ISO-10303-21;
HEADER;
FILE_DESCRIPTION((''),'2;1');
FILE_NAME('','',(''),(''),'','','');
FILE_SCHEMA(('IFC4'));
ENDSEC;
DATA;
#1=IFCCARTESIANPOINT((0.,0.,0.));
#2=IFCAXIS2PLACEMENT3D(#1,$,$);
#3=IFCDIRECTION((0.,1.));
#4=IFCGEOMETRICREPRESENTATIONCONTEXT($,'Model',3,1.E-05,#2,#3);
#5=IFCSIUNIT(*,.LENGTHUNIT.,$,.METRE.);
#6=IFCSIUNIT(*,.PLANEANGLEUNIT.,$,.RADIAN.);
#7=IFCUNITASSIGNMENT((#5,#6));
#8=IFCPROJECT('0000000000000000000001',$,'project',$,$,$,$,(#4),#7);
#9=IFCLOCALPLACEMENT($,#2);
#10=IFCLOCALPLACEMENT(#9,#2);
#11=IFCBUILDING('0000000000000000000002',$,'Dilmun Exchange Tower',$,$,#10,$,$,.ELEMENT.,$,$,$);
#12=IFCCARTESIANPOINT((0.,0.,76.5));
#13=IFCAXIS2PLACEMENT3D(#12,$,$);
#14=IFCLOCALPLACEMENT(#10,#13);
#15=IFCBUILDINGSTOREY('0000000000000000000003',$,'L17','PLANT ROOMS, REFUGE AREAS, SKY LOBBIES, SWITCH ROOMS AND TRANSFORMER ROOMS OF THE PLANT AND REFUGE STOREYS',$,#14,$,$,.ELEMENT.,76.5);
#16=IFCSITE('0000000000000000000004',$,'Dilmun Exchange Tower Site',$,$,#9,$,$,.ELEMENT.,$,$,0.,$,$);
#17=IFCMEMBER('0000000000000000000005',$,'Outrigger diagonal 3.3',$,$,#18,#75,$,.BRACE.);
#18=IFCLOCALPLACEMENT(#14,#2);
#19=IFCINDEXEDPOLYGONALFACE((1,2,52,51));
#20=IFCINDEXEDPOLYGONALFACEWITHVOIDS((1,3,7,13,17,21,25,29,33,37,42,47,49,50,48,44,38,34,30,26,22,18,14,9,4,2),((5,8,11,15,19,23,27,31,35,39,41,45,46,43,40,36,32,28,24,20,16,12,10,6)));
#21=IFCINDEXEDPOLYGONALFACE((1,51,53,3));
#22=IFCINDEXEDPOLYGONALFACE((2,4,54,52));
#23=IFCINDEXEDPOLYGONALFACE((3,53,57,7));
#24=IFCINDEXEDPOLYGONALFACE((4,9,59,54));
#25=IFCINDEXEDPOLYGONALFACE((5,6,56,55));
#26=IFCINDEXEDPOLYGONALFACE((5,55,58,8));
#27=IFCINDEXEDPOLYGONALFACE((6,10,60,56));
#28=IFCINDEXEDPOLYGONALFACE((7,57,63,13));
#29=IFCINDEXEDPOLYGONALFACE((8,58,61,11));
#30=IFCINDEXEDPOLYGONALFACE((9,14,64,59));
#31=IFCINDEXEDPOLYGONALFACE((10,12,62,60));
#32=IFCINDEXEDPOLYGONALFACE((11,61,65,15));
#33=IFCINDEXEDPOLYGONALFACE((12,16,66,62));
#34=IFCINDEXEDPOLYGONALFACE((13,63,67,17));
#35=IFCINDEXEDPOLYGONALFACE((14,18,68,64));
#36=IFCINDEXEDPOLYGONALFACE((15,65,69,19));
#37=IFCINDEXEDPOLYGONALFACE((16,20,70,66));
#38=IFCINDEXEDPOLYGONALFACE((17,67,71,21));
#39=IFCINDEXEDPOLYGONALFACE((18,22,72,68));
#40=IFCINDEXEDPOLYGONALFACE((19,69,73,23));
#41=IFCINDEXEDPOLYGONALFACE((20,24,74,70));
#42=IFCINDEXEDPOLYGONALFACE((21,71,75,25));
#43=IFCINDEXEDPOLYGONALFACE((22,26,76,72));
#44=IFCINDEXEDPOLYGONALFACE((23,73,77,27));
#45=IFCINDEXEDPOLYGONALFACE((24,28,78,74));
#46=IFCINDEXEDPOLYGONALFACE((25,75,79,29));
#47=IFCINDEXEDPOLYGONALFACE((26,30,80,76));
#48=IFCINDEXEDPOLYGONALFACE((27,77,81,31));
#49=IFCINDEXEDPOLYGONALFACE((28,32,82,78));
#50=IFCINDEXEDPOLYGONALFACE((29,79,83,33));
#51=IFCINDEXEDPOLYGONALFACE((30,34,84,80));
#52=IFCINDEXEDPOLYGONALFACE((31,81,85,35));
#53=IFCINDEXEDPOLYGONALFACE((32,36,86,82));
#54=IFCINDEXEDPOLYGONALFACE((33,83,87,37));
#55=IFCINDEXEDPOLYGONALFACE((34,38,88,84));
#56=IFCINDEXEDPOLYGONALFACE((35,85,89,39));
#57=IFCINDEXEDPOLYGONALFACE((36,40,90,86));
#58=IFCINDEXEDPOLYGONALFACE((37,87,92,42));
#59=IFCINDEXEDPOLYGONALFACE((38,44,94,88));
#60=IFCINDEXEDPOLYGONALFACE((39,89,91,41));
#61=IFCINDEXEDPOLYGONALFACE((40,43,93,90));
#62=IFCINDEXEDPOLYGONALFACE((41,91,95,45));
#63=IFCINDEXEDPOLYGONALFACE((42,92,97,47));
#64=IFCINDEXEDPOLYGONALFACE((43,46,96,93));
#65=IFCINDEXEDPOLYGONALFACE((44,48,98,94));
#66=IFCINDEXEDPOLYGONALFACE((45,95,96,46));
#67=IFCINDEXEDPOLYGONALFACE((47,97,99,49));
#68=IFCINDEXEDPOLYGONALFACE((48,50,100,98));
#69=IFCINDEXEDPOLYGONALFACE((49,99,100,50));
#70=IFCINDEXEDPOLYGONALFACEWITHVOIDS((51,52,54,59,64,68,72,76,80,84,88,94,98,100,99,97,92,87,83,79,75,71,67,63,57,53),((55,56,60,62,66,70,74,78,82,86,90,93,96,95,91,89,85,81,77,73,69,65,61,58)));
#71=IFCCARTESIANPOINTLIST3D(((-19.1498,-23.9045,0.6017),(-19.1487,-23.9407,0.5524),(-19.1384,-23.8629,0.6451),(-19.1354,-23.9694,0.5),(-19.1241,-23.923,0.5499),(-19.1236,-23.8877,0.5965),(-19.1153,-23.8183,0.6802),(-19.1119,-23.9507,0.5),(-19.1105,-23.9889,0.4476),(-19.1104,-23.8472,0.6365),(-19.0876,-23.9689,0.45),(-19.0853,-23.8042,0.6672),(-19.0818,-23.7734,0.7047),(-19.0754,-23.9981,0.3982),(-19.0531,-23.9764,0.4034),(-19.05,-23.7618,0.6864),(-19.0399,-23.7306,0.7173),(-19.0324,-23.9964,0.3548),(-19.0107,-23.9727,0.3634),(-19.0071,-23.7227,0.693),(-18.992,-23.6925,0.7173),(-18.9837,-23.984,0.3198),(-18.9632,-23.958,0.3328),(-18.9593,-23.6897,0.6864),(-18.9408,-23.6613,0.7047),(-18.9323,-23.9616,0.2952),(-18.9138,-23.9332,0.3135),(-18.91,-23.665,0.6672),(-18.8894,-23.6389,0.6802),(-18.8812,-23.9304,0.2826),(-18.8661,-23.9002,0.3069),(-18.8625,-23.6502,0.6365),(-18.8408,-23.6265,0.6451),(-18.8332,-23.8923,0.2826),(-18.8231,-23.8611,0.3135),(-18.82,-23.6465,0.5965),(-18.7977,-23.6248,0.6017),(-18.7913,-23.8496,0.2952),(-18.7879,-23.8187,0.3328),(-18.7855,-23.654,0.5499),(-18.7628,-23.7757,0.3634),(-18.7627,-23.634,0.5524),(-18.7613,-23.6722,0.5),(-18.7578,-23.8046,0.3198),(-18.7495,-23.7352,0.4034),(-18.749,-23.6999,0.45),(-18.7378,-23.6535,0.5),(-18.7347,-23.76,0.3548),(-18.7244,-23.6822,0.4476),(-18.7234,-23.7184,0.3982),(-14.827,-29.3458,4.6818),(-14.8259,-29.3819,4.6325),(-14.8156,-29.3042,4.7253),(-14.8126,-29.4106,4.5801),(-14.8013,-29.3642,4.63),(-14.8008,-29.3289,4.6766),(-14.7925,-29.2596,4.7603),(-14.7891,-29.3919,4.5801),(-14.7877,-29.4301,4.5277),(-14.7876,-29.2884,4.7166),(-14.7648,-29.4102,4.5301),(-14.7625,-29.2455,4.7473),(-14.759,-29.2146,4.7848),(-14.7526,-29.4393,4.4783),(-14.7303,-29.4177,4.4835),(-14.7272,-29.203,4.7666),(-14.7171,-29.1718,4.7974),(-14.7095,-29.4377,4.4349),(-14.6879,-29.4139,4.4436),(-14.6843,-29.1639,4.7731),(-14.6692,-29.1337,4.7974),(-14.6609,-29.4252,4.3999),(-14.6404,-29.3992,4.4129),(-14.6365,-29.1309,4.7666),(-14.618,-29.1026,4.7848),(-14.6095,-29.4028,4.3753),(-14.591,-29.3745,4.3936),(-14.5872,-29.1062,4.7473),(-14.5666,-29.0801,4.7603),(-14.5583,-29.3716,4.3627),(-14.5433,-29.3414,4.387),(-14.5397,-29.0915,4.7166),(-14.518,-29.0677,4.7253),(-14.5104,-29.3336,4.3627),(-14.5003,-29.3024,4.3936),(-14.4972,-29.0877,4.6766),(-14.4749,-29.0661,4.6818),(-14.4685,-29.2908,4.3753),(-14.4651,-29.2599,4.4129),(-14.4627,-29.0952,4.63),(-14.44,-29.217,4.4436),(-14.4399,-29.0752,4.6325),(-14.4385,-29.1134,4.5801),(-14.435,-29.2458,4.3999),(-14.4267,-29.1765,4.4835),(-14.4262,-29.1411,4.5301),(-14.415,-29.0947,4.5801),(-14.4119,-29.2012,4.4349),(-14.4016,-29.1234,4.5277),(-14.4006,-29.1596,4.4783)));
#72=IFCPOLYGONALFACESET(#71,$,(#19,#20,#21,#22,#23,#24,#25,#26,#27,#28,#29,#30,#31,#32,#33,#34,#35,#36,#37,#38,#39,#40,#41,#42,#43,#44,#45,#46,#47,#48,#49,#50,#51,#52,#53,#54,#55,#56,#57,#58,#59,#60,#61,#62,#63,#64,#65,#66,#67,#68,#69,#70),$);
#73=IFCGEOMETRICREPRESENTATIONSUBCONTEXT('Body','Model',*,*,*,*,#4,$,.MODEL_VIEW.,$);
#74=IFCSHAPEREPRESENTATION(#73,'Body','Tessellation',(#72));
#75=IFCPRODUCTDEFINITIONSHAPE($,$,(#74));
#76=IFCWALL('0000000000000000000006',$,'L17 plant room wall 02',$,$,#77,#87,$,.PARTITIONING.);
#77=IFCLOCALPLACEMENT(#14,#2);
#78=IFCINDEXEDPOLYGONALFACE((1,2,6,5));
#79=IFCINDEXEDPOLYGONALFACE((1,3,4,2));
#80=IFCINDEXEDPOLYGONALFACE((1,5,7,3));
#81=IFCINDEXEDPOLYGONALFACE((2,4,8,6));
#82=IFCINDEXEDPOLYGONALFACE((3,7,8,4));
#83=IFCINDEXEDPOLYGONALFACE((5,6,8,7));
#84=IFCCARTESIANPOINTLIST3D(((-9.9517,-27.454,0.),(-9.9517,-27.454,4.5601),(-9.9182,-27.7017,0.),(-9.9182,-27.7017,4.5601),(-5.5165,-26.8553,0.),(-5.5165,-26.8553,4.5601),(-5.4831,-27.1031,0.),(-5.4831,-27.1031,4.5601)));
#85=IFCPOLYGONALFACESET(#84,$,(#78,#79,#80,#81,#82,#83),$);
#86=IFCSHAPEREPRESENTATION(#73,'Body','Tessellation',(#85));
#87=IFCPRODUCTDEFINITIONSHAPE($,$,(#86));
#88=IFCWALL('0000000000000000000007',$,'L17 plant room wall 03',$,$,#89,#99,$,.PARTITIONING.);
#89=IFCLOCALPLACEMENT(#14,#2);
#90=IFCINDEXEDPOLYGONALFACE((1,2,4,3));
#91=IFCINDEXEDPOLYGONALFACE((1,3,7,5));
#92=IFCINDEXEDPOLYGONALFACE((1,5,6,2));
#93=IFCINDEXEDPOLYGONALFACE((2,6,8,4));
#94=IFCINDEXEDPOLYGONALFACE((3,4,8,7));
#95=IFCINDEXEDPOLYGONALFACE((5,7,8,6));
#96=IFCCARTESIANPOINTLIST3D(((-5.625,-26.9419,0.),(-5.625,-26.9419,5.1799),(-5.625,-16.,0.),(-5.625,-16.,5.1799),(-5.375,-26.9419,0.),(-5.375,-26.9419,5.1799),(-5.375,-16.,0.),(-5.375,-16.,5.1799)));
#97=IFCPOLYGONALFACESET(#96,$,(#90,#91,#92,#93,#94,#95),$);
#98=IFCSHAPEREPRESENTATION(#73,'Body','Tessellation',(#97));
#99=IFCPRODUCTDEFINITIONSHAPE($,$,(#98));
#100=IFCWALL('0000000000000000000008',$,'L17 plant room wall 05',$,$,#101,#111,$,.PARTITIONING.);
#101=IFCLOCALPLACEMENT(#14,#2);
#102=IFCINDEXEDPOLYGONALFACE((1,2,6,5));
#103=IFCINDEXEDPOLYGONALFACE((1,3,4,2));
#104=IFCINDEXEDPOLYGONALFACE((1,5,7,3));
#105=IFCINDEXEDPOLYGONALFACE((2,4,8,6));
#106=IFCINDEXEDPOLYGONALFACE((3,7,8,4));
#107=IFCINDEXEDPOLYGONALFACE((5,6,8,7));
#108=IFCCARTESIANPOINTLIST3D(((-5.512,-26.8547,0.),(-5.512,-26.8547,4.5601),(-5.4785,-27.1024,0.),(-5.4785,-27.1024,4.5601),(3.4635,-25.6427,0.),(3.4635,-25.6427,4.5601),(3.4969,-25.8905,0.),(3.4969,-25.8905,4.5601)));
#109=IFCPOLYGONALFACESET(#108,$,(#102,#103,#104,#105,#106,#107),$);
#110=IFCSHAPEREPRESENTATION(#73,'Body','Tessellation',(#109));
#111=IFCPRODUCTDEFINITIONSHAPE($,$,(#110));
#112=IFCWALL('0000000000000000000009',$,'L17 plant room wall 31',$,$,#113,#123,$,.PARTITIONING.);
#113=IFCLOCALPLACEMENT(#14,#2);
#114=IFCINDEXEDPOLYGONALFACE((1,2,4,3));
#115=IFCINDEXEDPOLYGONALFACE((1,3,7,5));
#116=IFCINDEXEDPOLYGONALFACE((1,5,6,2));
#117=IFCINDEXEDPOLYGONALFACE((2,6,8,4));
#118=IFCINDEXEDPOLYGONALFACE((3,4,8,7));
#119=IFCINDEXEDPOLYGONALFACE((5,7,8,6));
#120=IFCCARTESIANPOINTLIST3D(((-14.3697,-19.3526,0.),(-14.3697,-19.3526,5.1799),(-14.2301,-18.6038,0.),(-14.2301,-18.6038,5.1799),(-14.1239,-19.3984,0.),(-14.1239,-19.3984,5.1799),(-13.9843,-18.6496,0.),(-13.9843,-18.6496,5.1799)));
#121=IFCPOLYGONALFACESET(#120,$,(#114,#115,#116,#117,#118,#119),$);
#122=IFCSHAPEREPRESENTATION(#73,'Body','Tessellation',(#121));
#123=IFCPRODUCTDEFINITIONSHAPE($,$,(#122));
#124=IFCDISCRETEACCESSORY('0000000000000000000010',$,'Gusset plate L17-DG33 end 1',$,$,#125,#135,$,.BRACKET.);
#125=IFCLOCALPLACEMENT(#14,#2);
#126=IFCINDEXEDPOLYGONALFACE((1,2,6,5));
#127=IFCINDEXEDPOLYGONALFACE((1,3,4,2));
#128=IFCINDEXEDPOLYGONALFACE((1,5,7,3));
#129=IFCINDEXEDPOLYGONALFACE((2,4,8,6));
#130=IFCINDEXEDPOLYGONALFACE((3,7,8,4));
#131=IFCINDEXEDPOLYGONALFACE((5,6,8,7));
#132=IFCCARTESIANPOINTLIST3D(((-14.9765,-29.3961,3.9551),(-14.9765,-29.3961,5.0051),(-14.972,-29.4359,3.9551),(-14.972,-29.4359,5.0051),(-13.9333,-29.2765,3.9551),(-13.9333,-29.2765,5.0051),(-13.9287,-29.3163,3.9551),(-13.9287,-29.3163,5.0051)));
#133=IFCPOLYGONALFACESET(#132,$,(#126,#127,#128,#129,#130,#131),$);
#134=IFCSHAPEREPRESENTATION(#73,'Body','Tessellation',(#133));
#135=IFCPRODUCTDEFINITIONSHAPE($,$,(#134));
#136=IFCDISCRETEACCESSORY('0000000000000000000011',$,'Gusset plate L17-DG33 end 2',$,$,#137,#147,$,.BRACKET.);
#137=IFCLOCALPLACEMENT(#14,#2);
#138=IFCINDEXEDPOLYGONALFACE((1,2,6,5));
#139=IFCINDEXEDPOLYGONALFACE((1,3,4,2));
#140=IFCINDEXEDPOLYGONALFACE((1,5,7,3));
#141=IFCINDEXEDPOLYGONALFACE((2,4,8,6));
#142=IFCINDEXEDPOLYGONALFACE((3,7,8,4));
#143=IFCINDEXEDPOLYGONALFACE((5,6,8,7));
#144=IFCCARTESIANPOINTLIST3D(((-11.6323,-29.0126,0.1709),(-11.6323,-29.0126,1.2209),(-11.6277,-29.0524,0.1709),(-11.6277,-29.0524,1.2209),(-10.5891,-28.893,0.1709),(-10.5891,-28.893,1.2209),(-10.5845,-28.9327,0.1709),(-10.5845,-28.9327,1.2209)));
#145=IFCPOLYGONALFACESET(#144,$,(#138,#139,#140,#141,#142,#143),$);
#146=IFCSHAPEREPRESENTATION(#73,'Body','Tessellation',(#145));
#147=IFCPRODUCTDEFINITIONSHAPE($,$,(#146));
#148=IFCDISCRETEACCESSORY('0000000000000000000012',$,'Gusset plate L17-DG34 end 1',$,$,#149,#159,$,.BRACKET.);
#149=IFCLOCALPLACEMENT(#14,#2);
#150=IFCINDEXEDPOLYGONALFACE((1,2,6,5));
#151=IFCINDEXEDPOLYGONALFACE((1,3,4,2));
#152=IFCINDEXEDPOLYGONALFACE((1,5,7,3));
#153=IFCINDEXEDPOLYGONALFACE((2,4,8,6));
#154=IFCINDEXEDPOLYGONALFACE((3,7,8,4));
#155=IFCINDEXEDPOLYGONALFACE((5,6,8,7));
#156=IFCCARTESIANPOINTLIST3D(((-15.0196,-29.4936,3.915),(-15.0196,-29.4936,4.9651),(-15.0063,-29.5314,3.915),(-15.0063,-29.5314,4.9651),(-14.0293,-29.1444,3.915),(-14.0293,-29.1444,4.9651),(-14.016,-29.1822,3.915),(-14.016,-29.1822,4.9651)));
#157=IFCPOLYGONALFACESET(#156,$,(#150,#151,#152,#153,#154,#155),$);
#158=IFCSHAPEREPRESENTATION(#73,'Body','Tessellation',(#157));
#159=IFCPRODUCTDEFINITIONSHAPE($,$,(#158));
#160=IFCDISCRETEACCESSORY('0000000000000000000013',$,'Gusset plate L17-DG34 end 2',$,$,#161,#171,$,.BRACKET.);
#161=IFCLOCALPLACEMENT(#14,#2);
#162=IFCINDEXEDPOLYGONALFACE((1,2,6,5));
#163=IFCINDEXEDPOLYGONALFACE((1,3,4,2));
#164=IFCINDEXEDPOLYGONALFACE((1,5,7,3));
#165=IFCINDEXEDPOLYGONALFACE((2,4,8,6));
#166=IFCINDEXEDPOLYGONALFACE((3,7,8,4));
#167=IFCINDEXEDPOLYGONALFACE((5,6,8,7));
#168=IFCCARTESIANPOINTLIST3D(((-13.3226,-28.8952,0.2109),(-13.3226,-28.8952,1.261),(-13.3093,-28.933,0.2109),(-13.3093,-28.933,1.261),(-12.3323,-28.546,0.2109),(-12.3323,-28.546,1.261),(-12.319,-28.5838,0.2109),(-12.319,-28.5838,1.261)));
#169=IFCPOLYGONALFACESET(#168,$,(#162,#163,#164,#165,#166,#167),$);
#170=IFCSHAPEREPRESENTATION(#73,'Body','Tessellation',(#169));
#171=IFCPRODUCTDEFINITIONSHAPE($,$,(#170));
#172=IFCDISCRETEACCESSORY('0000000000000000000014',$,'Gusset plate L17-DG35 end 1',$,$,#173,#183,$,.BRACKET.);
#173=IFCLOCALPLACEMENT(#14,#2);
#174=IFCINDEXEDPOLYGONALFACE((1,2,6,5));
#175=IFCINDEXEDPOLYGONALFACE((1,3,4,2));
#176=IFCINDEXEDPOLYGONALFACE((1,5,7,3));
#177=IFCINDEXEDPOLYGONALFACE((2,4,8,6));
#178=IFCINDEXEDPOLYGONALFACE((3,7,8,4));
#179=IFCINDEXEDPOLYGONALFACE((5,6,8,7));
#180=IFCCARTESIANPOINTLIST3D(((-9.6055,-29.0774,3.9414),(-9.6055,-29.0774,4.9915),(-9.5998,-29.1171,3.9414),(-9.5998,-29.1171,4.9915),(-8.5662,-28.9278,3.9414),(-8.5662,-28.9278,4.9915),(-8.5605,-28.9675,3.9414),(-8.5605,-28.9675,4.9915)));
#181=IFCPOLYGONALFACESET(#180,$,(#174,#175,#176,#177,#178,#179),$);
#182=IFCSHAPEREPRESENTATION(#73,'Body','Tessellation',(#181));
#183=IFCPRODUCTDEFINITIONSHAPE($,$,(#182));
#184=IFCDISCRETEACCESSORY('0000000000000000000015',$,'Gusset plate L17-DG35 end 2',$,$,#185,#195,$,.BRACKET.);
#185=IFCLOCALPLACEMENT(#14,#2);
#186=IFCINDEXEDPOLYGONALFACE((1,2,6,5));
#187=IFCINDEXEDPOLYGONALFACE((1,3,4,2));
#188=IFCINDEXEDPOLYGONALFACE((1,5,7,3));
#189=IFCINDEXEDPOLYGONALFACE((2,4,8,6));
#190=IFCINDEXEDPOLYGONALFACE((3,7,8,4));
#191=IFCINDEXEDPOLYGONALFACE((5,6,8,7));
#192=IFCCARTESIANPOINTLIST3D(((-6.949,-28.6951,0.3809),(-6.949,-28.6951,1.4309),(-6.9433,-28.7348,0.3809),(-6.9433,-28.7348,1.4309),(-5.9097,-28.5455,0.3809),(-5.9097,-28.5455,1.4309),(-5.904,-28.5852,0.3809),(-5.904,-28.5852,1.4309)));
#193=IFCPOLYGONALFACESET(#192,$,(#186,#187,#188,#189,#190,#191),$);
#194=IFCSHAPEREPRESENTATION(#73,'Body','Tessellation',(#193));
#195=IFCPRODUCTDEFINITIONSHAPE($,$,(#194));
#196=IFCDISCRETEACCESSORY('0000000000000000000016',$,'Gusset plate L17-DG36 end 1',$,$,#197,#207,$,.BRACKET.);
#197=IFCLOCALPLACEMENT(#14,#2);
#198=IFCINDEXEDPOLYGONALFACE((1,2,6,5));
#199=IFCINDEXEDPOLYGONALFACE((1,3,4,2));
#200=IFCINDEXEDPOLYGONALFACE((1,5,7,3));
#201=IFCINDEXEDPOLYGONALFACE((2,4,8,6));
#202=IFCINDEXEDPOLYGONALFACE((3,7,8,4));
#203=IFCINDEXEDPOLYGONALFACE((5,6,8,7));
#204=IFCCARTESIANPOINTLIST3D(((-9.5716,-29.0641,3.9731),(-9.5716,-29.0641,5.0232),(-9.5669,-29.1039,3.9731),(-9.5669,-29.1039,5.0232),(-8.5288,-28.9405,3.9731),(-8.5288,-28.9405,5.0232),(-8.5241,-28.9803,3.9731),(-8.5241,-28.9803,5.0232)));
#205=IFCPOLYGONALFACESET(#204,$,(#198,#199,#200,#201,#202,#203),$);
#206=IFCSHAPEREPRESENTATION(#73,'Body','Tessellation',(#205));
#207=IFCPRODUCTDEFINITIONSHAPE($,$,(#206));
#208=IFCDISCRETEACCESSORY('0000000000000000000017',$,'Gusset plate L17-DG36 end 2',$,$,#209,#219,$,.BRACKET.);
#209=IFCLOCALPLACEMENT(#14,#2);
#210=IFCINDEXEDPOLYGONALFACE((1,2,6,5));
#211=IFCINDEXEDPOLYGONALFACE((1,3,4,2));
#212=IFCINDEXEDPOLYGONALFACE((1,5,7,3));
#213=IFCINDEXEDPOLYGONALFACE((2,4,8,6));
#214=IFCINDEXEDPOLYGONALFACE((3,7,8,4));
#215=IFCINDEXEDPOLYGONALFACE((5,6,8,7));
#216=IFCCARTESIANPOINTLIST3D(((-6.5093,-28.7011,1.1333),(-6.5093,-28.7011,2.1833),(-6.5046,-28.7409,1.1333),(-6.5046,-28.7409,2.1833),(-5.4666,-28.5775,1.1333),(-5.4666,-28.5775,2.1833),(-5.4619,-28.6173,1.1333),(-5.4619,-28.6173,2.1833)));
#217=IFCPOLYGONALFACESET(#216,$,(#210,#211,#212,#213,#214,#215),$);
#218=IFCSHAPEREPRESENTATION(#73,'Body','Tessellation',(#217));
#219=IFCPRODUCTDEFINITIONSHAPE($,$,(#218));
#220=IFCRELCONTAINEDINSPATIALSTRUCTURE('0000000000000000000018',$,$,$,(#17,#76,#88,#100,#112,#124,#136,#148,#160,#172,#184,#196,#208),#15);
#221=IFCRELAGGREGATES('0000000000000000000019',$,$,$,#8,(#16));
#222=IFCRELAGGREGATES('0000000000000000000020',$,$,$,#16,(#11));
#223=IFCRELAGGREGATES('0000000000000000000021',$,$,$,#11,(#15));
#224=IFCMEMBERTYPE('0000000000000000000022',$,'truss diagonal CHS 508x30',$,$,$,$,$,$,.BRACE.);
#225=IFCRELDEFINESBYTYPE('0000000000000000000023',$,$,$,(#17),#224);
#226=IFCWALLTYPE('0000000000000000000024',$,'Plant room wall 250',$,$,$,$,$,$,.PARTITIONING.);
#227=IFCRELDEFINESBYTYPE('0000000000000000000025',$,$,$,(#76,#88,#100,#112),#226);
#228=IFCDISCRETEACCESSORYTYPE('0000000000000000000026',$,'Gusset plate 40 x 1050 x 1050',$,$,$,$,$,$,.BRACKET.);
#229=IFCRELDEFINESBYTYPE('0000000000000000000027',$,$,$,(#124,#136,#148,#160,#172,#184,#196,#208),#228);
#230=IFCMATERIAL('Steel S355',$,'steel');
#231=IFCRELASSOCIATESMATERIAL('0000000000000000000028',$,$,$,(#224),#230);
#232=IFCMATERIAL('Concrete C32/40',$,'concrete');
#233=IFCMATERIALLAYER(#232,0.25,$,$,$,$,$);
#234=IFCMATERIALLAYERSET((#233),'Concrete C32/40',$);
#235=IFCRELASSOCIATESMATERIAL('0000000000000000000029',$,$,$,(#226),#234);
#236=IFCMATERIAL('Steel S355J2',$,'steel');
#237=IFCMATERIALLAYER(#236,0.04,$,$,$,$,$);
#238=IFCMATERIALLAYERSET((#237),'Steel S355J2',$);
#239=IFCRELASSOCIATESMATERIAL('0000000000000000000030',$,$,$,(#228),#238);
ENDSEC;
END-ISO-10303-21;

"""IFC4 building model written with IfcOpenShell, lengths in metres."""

from ifc_helpers import new_model, si_unit, direction, frame, frame_2d, origin, origin_2d, place, context, subcontext, project, spatial, rectangle, hollow_circle, extrude, material, layer, layer_set, material_profile, profile_set, type_object, element, save


model = new_model("IFC4")

# Units and contexts
model_context = context("Model", 3, precision=1e-05, world=origin(), true_north=direction((0.0, 1.0)))
body_context = subcontext(model_context, "Body", "Model", "MODEL_VIEW")
ifc_project = project(units=[si_unit("LENGTHUNIT", "METRE"), si_unit("PLANEANGLEUNIT", "RADIAN")], contexts=[model_context])

# Site, building, storey
site_placement = place(None, origin())
site = spatial("IfcSite", under=ifc_project, at=site_placement, Name="Dilmun Exchange Tower Site", CompositionType="ELEMENT", RefElevation=0.0)
building_placement = place(site_placement, origin())
building = spatial("IfcBuilding", under=site, at=building_placement, Name="Dilmun Exchange Tower", CompositionType="ELEMENT")
storey_placement = place(building_placement, frame((0.0, 0.0, 76.5)))
storey = spatial("IfcBuildingStorey", under=building, at=storey_placement, Name="L17", Description="PLANT ROOMS, REFUGE AREAS, SKY LOBBIES, SWITCH ROOMS AND TRANSFORMER ROOMS OF THE PLANT AND REFUGE STOREYS", CompositionType="ELEMENT", Elevation=76.5)

# Shared definitions
ifc_material_1 = material(Name="Steel S355", Category="steel")

# Member
ifc_material_profile_1 = material_profile(ifc_material_1, hollow_circle(Radius=0.2539, WallThickness=0.03, at=origin_2d()), Name="CHS 508x30")
ifc_profile_set_1 = profile_set([ifc_material_profile_1], Name="Steel S355")
member_type_1 = type_object("IfcMemberType", Name="truss diagonal CHS 508x30", PredefinedType="BRACE", material=ifc_profile_set_1)
member_1_placement = place(storey_placement, frame((-14.6138, -29.2527, 4.5801), z_axis=(-0.536421, 0.675207, -0.506307), x_axis=(-0.782983, -0.622044, 0.0)))
element("IfcMember", 1, at=member_1_placement, inside=storey, type_object=member_type_1, Name="Outrigger diagonal 3.3", PredefinedType="BRACE", context=body_context, shape_type="SweptSolid", body=[
    extrude(hollow_circle(Radius=0.2539, WallThickness=0.03, at=origin_2d()), origin(), (0.0, 0.0, 1.0), 8.0586),
])

# Walls
ifc_material_2 = material(Name="Concrete C32/40", Category="concrete")
ifc_layer_1 = layer(ifc_material_2, 0.25)
ifc_layer_set_1 = layer_set([ifc_layer_1], Name="Concrete C32/40")
wall_type = type_object("IfcWallType", Name="Plant room wall 250", PredefinedType="PARTITIONING", material=ifc_layer_set_1)
wall_1_placement = place(storey_placement, frame((-9.9351, -27.5779, 0.0), z_axis=(0.0, 0.0, 1.0), x_axis=(0.991013, 0.133764, 0.0)))
element("IfcWall", 2, at=wall_1_placement, inside=storey, type_object=wall_type, Name="L17 plant room wall 02", PredefinedType="PARTITIONING", context=body_context, shape_type="SweptSolid", body=[
    extrude(rectangle(XDim=4.4753, YDim=0.25, at=frame_2d((2.2378, 0.0))), origin(), (0.0, 0.0, 1.0), 4.5601),
])
wall_2_placement = place(storey_placement, frame((-5.5, -26.9419, 0.0), z_axis=(0.0, 0.0, 1.0), x_axis=(0.0, 1.0, 0.0)))
element("IfcWall", 3, at=wall_2_placement, inside=storey, type_object=wall_type, Name="L17 plant room wall 03", PredefinedType="PARTITIONING", context=body_context, shape_type="SweptSolid", body=[
    extrude(rectangle(XDim=10.9419, YDim=0.25, at=frame_2d((5.4709, 0.0))), origin(), (0.0, 0.0, 1.0), 5.1799),
])
wall_3_placement = place(storey_placement, frame((-5.4951, -26.9785, 0.0), z_axis=(0.0, 0.0, 1.0), x_axis=(0.991007, 0.133813, 0.0)))
element("IfcWall", 4, at=wall_3_placement, inside=storey, type_object=wall_type, Name="L17 plant room wall 05", PredefinedType="PARTITIONING", context=body_context, shape_type="SweptSolid", body=[
    extrude(rectangle(XDim=9.0569, YDim=0.25, at=frame_2d((4.5283, 0.0))), origin(), (0.0, 0.0, 1.0), 4.5601),
])
wall_4_placement = place(storey_placement, frame((-14.2468, -19.3755, 0.0), z_axis=(0.0, 0.0, 1.0), x_axis=(0.18334, 0.98305, 0.0)))
element("IfcWall", 5, at=wall_4_placement, inside=storey, type_object=wall_type, Name="L17 plant room wall 31", PredefinedType="PARTITIONING", context=body_context, shape_type="SweptSolid", body=[
    extrude(rectangle(XDim=0.7617, YDim=0.25, at=frame_2d((0.3809, 0.0))), origin(), (0.0, 0.0, 1.0), 5.1799),
])

# Discrete accessories
ifc_material_3 = material(Name="Steel S355J2", Category="steel")
ifc_layer_2 = layer(ifc_material_3, 0.04)
ifc_layer_set_2 = layer_set([ifc_layer_2], Name="Steel S355J2")
discrete_accessory_type = type_object("IfcDiscreteAccessoryType", Name="Gusset plate 40 x 1050 x 1050", PredefinedType="BRACKET", material=ifc_layer_set_2)
for number, where, z_axis, x_axis, name in (
    (6, (-14.4526, -29.3562, 3.9551), (0.0, 0.0, 1.0), (0.993491, 0.113914, 0.0), "Gusset plate L17-DG33 end 1"),
    (7, (-11.1084, -28.9727, 0.1709), (0.0, 0.0, 1.0), (0.993491, 0.113914, 0.0), "Gusset plate L17-DG33 end 2"),
    (8, (-14.5178, -29.3379, 3.915), (0.0, 0.0, 1.0), (0.943076, 0.332578, 0.0), "Gusset plate L17-DG34 end 1"),
    (9, (-12.8208, -28.7395, 0.2109), (0.0, 0.0, 1.0), (0.943076, 0.332578, 0.0), "Gusset plate L17-DG34 end 2"),
    (10, (-9.083, -29.0225, 3.9414), (0.0, 0.0, 1.0), (0.989799, 0.142472, 0.0), "Gusset plate L17-DG35 end 1"),
    (11, (-6.4265, -28.6401, 0.3809), (0.0, 0.0, 1.0), (0.989799, 0.142472, 0.0), "Gusset plate L17-DG35 end 2"),
    (12, (-9.0479, -29.0222, 3.9731), (0.0, 0.0, 1.0), (0.993049, 0.1177, 0.0), "Gusset plate L17-DG36 end 1"),
    (13, (-5.9856, -28.6592, 1.1333), (0.0, 0.0, 1.0), (0.993049, 0.1177, 0.0), "Gusset plate L17-DG36 end 2"),
):
    element("IfcDiscreteAccessory", number, at=place(storey_placement, frame(where, z_axis=z_axis, x_axis=x_axis)), inside=storey, type_object=discrete_accessory_type, Name=name, PredefinedType="BRACKET", context=body_context, shape_type="SweptSolid", body=[
        extrude(rectangle(XDim=1.05, YDim=0.04, at=origin_2d()), origin(), (0.0, 0.0, 1.0), 1.05),
    ])

save(model, "model.ifc")
